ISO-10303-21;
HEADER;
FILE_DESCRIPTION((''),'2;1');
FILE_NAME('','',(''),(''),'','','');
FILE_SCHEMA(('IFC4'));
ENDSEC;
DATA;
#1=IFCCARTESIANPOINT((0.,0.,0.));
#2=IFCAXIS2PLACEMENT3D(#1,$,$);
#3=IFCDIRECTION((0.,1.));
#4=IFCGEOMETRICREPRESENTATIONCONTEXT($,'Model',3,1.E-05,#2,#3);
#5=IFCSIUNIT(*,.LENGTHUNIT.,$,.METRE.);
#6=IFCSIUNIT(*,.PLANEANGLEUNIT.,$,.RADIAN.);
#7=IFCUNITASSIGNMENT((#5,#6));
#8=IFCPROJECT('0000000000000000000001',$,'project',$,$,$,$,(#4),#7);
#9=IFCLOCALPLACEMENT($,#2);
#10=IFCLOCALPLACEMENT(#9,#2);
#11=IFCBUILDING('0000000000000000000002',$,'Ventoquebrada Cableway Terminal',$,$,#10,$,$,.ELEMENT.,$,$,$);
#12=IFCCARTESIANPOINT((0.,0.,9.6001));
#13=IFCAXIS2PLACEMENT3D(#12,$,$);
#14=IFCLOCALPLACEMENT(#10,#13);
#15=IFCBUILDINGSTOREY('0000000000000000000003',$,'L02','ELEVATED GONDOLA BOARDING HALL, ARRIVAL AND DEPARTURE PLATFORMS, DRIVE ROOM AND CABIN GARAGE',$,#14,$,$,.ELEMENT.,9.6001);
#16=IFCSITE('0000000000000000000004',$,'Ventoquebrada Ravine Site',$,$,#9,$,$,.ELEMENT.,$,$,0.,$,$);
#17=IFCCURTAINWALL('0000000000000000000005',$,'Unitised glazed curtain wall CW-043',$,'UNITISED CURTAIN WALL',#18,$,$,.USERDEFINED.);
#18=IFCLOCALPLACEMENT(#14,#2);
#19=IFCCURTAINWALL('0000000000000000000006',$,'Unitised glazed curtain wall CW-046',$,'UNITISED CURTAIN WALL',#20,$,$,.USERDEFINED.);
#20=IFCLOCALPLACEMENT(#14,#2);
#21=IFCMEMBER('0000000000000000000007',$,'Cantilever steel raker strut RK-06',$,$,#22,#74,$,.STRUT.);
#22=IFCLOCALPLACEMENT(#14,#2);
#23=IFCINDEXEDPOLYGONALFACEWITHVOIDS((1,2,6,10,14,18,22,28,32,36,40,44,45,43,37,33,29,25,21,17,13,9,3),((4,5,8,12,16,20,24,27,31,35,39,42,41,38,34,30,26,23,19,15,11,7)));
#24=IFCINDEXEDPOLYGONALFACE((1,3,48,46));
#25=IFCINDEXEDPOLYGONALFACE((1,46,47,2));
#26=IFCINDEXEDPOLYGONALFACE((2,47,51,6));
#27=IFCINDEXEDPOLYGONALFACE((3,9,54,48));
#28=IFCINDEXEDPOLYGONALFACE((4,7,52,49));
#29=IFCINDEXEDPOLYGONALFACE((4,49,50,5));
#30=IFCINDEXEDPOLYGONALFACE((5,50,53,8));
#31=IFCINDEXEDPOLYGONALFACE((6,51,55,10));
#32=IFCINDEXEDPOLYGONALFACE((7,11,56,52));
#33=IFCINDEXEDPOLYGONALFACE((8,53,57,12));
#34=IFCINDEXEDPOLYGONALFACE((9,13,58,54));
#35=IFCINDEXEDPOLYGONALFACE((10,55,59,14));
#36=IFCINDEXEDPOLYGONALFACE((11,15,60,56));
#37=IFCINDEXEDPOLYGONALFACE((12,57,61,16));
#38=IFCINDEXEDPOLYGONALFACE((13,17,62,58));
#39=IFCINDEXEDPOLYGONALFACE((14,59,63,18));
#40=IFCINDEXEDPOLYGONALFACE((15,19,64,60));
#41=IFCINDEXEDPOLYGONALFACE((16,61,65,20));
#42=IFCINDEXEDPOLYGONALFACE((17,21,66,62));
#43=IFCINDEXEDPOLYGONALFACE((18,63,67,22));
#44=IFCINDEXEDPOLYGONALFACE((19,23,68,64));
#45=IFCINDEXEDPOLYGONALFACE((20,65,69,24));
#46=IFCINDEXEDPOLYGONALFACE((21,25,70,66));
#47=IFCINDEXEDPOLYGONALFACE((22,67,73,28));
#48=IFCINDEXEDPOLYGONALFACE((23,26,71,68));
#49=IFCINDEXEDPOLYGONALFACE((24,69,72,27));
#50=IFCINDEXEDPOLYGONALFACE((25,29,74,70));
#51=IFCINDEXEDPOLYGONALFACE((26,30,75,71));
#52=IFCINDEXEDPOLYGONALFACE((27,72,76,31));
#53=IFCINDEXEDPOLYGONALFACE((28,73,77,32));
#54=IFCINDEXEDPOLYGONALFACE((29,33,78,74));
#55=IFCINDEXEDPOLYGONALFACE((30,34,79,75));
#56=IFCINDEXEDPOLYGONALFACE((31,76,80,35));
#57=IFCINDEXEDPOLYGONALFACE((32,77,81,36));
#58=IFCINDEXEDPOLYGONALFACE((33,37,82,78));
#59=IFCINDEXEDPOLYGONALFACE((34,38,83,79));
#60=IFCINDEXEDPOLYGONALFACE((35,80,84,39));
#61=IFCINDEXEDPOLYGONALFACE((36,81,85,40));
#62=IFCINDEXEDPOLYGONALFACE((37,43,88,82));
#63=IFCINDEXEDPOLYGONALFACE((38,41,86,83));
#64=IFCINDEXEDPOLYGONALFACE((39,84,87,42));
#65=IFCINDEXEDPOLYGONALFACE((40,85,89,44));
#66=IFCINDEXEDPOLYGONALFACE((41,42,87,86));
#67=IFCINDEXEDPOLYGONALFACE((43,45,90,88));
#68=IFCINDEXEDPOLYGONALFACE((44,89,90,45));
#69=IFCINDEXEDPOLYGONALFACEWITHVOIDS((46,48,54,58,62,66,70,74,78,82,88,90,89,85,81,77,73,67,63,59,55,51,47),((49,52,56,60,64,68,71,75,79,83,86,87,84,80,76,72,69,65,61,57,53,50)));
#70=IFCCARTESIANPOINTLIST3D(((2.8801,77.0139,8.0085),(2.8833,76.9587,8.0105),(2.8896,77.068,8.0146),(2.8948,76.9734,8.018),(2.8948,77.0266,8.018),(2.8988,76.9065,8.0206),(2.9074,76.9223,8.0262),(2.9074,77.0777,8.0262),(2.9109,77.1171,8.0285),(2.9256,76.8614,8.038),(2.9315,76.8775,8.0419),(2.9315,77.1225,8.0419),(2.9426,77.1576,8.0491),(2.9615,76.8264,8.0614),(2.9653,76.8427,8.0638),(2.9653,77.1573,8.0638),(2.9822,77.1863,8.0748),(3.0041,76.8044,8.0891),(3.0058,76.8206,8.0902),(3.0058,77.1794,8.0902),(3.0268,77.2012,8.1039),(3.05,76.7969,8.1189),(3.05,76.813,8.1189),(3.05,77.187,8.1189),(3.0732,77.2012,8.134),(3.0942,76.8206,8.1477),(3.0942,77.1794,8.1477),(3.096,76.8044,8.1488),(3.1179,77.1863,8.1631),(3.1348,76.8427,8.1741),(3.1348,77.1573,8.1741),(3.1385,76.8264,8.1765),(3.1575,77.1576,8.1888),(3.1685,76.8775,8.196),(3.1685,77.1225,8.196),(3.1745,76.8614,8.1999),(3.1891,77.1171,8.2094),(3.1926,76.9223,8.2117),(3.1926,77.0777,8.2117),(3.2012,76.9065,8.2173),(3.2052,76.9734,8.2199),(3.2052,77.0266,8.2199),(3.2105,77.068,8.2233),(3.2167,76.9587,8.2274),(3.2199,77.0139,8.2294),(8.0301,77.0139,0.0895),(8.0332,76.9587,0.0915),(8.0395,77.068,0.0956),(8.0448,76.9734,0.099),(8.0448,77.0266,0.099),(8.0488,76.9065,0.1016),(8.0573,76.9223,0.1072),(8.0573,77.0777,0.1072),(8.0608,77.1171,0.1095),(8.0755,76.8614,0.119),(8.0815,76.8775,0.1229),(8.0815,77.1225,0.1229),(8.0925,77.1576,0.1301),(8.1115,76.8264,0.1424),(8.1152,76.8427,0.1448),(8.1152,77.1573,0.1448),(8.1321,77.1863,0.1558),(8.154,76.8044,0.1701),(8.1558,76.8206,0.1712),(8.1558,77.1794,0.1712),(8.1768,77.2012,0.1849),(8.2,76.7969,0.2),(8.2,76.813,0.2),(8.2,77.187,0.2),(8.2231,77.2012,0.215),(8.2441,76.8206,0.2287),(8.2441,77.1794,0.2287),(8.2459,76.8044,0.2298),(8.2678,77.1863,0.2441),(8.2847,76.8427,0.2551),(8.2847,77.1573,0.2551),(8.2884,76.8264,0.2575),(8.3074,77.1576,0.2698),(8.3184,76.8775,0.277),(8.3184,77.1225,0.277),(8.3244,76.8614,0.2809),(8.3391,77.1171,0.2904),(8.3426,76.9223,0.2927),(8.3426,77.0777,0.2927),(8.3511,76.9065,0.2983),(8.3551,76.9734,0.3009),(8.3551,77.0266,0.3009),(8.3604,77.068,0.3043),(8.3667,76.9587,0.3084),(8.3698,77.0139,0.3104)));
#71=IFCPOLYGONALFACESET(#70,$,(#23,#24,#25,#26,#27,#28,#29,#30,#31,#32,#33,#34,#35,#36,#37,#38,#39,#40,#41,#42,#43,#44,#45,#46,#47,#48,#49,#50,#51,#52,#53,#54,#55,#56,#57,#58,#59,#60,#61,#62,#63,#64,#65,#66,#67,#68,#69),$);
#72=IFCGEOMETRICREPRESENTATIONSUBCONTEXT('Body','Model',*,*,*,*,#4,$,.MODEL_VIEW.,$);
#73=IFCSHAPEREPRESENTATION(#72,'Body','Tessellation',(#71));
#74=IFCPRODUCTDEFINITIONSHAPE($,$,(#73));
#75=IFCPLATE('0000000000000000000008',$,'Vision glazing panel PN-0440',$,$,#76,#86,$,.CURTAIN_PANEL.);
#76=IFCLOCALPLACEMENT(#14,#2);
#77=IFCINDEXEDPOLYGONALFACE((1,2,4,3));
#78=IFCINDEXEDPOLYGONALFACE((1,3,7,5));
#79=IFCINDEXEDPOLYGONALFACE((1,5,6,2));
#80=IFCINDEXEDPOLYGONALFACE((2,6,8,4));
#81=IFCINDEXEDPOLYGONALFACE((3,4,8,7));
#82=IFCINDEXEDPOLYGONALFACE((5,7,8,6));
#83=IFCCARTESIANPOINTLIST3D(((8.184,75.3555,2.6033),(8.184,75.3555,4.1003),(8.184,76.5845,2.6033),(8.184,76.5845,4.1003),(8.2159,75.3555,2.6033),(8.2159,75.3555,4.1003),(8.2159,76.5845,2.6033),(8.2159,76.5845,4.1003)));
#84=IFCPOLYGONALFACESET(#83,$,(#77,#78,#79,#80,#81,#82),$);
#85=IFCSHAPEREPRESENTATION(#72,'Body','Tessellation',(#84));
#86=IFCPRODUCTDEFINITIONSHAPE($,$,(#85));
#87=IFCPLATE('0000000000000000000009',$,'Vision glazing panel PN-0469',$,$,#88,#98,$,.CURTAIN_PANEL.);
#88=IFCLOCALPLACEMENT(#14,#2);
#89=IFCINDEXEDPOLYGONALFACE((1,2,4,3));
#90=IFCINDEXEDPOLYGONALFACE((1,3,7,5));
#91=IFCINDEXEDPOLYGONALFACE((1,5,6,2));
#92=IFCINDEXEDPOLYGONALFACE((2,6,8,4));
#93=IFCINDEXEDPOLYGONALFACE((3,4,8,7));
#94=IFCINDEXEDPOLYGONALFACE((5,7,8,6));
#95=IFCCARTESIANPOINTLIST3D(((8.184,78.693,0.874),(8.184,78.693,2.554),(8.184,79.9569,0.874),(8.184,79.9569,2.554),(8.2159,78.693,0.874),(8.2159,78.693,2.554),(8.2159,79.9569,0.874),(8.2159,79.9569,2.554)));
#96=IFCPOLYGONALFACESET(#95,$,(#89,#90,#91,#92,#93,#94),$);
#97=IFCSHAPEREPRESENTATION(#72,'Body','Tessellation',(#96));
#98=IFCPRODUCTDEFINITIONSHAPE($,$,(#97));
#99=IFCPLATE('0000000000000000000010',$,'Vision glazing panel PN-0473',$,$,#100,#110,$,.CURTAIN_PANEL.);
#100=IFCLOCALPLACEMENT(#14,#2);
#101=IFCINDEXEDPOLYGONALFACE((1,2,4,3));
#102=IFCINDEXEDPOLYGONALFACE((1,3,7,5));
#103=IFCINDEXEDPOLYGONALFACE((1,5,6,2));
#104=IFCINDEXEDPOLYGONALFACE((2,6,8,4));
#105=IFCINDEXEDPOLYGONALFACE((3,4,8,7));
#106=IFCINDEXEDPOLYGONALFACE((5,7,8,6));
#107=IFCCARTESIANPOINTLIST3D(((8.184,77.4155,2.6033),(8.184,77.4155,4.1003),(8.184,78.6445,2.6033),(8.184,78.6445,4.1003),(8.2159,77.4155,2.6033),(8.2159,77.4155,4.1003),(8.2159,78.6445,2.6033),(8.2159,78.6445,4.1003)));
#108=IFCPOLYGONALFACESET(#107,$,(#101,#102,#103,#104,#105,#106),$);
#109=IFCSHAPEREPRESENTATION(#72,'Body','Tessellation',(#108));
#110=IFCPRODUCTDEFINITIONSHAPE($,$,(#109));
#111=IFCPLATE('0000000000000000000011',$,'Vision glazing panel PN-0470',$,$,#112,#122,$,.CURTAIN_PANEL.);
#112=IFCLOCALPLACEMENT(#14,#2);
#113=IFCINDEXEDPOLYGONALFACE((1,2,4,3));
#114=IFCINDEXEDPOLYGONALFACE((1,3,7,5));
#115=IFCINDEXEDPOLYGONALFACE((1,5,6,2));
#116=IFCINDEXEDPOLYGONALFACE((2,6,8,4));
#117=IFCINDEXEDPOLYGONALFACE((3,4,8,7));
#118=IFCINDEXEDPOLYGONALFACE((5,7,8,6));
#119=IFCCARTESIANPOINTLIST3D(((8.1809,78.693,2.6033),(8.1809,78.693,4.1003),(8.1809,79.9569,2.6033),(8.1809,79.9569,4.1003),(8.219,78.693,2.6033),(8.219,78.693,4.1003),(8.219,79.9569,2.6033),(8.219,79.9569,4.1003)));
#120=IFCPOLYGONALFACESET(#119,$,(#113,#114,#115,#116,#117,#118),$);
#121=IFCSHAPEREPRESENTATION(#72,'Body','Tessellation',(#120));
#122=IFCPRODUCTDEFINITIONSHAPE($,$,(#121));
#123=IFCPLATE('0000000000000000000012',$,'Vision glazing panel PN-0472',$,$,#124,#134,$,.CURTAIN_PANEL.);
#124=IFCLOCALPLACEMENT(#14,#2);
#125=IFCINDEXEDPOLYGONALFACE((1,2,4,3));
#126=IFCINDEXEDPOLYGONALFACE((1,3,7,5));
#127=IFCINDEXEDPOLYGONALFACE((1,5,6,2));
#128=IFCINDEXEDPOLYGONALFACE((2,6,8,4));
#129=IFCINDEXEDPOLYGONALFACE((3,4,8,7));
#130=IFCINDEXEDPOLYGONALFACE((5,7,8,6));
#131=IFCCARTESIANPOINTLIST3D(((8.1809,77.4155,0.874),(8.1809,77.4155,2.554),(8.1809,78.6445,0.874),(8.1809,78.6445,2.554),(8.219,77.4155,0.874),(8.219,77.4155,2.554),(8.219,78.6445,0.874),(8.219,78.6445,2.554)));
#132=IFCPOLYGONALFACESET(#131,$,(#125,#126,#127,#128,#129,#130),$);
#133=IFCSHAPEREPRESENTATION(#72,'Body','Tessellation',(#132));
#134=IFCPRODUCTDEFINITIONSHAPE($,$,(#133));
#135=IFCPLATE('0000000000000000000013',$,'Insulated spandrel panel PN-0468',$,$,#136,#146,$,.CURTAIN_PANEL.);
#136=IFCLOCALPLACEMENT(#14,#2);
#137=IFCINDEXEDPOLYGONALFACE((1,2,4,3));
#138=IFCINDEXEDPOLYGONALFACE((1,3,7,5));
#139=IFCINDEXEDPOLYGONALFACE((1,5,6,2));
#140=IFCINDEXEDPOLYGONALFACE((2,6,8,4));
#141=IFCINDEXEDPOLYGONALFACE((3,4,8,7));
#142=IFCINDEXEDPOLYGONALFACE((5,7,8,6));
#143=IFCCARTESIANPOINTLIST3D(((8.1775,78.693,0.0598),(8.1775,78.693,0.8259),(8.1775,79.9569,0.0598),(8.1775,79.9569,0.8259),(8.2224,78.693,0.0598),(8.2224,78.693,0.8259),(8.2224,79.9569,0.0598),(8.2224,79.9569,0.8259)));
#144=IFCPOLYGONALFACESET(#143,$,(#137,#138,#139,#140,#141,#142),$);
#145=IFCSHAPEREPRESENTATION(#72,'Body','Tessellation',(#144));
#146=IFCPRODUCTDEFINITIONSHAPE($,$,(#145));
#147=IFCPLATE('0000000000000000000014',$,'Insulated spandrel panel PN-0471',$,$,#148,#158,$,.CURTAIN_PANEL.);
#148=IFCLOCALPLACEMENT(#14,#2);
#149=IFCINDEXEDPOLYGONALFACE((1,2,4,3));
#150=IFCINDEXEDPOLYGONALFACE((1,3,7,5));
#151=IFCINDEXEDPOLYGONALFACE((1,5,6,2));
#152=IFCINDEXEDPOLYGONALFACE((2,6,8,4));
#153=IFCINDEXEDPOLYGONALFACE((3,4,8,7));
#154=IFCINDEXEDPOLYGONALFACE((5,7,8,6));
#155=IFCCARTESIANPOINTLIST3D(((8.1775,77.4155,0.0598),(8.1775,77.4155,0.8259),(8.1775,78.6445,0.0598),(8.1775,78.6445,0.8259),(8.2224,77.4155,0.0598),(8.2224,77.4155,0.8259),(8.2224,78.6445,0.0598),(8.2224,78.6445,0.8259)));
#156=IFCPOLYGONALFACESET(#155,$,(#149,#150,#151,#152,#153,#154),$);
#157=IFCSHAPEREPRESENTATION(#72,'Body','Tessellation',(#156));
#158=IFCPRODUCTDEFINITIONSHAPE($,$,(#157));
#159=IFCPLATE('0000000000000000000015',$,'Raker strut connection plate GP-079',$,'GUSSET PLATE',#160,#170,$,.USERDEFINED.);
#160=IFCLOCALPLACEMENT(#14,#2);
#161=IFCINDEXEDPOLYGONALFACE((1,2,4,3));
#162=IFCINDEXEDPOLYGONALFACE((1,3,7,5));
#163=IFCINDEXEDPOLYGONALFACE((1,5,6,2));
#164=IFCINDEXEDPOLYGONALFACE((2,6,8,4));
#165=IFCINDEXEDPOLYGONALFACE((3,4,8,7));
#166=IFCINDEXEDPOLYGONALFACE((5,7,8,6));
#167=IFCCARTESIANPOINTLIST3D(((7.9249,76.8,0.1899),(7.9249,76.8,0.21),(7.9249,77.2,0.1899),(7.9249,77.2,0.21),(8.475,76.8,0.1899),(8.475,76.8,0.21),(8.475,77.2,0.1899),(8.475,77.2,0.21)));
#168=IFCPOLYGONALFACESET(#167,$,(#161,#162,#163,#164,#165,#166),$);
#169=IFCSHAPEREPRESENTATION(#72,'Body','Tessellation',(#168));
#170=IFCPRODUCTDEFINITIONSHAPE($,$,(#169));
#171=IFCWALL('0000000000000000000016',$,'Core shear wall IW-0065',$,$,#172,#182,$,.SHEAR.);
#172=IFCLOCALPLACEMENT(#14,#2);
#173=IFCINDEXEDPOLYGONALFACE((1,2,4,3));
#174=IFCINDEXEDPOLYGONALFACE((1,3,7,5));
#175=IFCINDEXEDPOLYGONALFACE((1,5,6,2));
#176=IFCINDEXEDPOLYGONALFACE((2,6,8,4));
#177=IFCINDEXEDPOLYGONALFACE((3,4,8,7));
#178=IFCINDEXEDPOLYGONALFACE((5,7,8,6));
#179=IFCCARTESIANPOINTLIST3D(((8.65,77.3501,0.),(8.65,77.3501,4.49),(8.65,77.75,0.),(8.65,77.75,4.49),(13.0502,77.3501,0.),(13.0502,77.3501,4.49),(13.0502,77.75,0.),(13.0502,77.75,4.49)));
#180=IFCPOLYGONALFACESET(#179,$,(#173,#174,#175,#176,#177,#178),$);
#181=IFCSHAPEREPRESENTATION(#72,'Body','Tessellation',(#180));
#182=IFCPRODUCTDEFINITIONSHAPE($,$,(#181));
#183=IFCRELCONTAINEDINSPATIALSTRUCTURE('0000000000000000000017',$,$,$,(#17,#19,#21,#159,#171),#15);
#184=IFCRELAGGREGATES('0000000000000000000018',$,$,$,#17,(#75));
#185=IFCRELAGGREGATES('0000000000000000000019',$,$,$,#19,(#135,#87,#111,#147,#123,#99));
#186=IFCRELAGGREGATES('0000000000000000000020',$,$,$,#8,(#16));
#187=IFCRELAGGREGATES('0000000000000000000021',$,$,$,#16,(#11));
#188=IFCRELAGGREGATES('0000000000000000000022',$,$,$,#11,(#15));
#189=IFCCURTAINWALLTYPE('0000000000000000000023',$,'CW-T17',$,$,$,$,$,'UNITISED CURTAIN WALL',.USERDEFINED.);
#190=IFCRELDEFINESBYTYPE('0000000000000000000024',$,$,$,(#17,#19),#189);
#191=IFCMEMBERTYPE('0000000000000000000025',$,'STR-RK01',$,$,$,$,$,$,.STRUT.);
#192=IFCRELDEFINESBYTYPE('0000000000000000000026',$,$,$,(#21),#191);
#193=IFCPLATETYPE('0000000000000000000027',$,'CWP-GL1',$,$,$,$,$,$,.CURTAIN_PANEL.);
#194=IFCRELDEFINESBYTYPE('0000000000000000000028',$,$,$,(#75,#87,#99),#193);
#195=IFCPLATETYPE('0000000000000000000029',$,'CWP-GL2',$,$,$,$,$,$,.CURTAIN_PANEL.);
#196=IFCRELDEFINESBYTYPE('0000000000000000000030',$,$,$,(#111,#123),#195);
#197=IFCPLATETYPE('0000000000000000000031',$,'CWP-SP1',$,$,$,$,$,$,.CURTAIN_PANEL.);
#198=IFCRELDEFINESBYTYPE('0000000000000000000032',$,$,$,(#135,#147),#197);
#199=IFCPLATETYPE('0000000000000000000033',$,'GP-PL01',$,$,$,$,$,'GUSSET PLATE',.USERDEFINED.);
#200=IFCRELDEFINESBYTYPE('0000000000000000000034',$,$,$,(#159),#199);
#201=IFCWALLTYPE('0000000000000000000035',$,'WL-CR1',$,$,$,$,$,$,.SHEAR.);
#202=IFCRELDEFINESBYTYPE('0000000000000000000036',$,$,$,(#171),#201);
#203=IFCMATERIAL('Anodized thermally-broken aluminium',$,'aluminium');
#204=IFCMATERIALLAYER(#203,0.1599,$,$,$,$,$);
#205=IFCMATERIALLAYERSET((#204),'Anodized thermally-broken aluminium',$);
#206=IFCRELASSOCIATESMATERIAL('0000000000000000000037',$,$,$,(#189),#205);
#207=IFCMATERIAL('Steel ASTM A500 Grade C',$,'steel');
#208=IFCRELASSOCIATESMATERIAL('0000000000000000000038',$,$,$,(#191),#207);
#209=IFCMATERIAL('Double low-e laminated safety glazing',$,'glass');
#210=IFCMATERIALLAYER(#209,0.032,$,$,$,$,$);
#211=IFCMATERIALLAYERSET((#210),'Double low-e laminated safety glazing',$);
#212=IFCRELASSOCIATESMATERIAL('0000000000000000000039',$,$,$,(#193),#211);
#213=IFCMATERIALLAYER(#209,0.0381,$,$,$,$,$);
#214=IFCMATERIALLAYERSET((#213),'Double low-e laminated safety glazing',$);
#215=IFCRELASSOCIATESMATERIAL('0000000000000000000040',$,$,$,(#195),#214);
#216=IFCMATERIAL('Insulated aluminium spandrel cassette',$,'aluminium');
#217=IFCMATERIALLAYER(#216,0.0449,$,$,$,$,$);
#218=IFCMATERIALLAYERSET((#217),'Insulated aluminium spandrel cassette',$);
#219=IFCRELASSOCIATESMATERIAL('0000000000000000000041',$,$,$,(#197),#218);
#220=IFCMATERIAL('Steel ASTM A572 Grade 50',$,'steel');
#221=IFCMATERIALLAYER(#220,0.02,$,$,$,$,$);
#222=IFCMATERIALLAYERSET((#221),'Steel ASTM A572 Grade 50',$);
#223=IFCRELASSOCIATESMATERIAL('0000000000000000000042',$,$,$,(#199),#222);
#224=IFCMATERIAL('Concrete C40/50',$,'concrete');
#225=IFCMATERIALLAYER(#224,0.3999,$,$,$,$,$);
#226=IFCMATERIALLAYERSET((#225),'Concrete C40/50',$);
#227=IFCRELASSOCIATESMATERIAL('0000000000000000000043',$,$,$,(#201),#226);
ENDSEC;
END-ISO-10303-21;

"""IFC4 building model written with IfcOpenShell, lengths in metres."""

from ifc_helpers import new_model, si_unit, direction, frame, frame_2d, origin, origin_2d, place, context, subcontext, project, spatial, rectangle, hollow_circle, extrude, material, layer, layer_set, material_profile, profile_set, type_object, element, aggregate, save


model = new_model("IFC4")

# Units and contexts
model_context = context("Model", 3, precision=1e-05, world=origin(), true_north=direction((0.0, 1.0)))
body_context = subcontext(model_context, "Body", "Model", "MODEL_VIEW")
ifc_project = project(units=[si_unit("LENGTHUNIT", "METRE"), si_unit("PLANEANGLEUNIT", "RADIAN")], contexts=[model_context])

# Site, building, storey
site_placement = place(None, origin())
site = spatial("IfcSite", under=ifc_project, at=site_placement, Name="Ventoquebrada Ravine Site", CompositionType="ELEMENT", RefElevation=0.0)
building_placement = place(site_placement, origin())
building = spatial("IfcBuilding", under=site, at=building_placement, Name="Ventoquebrada Cableway Terminal", CompositionType="ELEMENT")
storey_placement = place(building_placement, frame((0.0, 0.0, 9.6001)))
storey = spatial("IfcBuildingStorey", under=building, at=storey_placement, Name="L02", Description="ELEVATED GONDOLA BOARDING HALL, ARRIVAL AND DEPARTURE PLATFORMS, DRIVE ROOM AND CABIN GARAGE", CompositionType="ELEMENT", Elevation=9.6001)

# Shared definitions
ifc_material_1 = material(Name="Concrete C40/50", Category="concrete")

# Curtain wall
ifc_material_2 = material(Name="Anodized thermally-broken aluminium", Category="aluminium")
ifc_layer_1 = layer(ifc_material_2, 0.1599)
ifc_layer_set_1 = layer_set([ifc_layer_1], Name="Anodized thermally-broken aluminium")
curtain_wall_type = type_object("IfcCurtainWallType", Name="CW-T17", ElementType="UNITISED CURTAIN WALL", PredefinedType="USERDEFINED", material=ifc_layer_set_1)
curtain_wall_1_placement = place(storey_placement, origin())
curtain_wall_1 = element("IfcCurtainWall", 1, at=curtain_wall_1_placement, inside=storey, type_object=curtain_wall_type, Name="Unitised glazed curtain wall CW-043", ObjectType="UNITISED CURTAIN WALL", PredefinedType="USERDEFINED")

# Curtain wall
curtain_wall_2_placement = place(storey_placement, origin())
curtain_wall_2 = element("IfcCurtainWall", 2, at=curtain_wall_2_placement, inside=storey, type_object=curtain_wall_type, Name="Unitised glazed curtain wall CW-046", ObjectType="UNITISED CURTAIN WALL", PredefinedType="USERDEFINED")

# Shared definitions
ifc_material_3 = material(Name="Steel ASTM A500 Grade C", Category="steel")

# Member
ifc_material_profile_1 = material_profile(ifc_material_3, hollow_circle(Radius=0.2031, WallThickness=0.0161, at=origin_2d()), Name="CHS406.4X16")
ifc_profile_set_1 = profile_set([ifc_material_profile_1], Name="Steel ASTM A500 Grade C")
member_type_1 = type_object("IfcMemberType", Name="STR-RK01", PredefinedType="STRUT", material=ifc_profile_set_1)
member_1_placement = place(storey_placement, frame((8.2, 77.0, 0.2), z_axis=(-0.545181, 0.0, 0.838318), x_axis=(0.0, -1.0, 0.0)))
element("IfcMember", 3, at=member_1_placement, inside=storey, type_object=member_type_1, Name="Cantilever steel raker strut RK-06", PredefinedType="STRUT", context=body_context, shape_type="SweptSolid", body=[
    extrude(hollow_circle(Radius=0.2031, WallThickness=0.0161, at=origin_2d()), origin(), (0.0, 0.0, 1.0), 9.4463),
])

# Plates
ifc_material_4 = material(Name="Double low-e laminated safety glazing", Category="glass")
ifc_layer_2 = layer(ifc_material_4, 0.032)
ifc_layer_set_2 = layer_set([ifc_layer_2], Name="Double low-e laminated safety glazing")
plate_type_1 = type_object("IfcPlateType", Name="CWP-GL1", PredefinedType="CURTAIN_PANEL", material=ifc_layer_set_2)
plate_1_placement = place(storey_placement, frame((8.2, 75.97, 2.6033), z_axis=(0.0, 0.0, 1.0), x_axis=(0.0, -1.0, 0.0)))
plate_1 = element("IfcPlate", 4, at=plate_1_placement, type_object=plate_type_1, Name="Vision glazing panel PN-0440", PredefinedType="CURTAIN_PANEL", context=body_context, shape_type="SweptSolid", body=[
    extrude(rectangle(XDim=1.229, YDim=0.032, at=origin_2d()), origin(), (0.0, 0.0, 1.0), 1.4971),
])
aggregate(curtain_wall_1, [plate_1])
plate_2_placement = place(storey_placement, frame((8.2, 79.325, 0.874), z_axis=(0.0, 0.0, 1.0), x_axis=(0.0, -1.0, 0.0)))
plate_2 = element("IfcPlate", 5, at=plate_2_placement, type_object=plate_type_1, Name="Vision glazing panel PN-0469", PredefinedType="CURTAIN_PANEL", context=body_context, shape_type="SweptSolid", body=[
    extrude(rectangle(XDim=1.2639, YDim=0.032, at=origin_2d()), origin(), (0.0, 0.0, 1.0), 1.6799),
])
plate_3_placement = place(storey_placement, frame((8.2, 78.03, 2.6033), z_axis=(0.0, 0.0, 1.0), x_axis=(0.0, -1.0, 0.0)))
plate_3 = element("IfcPlate", 6, at=plate_3_placement, type_object=plate_type_1, Name="Vision glazing panel PN-0473", PredefinedType="CURTAIN_PANEL", context=body_context, shape_type="SweptSolid", body=[
    extrude(rectangle(XDim=1.229, YDim=0.032, at=origin_2d()), origin(), (0.0, 0.0, 1.0), 1.4971),
])
ifc_layer_3 = layer(ifc_material_4, 0.0381)
ifc_layer_set_3 = layer_set([ifc_layer_3], Name="Double low-e laminated safety glazing")
plate_type_2 = type_object("IfcPlateType", Name="CWP-GL2", PredefinedType="CURTAIN_PANEL", material=ifc_layer_set_3)
plate_4_placement = place(storey_placement, frame((8.2, 79.325, 2.6033), z_axis=(0.0, 0.0, 1.0), x_axis=(0.0, -1.0, 0.0)))
plate_4 = element("IfcPlate", 7, at=plate_4_placement, type_object=plate_type_2, Name="Vision glazing panel PN-0470", PredefinedType="CURTAIN_PANEL", context=body_context, shape_type="SweptSolid", body=[
    extrude(rectangle(XDim=1.2639, YDim=0.0381, at=origin_2d()), origin(), (0.0, 0.0, 1.0), 1.4971),
])
plate_5_placement = place(storey_placement, frame((8.2, 78.03, 0.874), z_axis=(0.0, 0.0, 1.0), x_axis=(0.0, -1.0, 0.0)))
plate_5 = element("IfcPlate", 8, at=plate_5_placement, type_object=plate_type_2, Name="Vision glazing panel PN-0472", PredefinedType="CURTAIN_PANEL", context=body_context, shape_type="SweptSolid", body=[
    extrude(rectangle(XDim=1.229, YDim=0.0381, at=origin_2d()), origin(), (0.0, 0.0, 1.0), 1.6799),
])
ifc_material_5 = material(Name="Insulated aluminium spandrel cassette", Category="aluminium")
ifc_layer_4 = layer(ifc_material_5, 0.0449)
ifc_layer_set_4 = layer_set([ifc_layer_4], Name="Insulated aluminium spandrel cassette")
plate_type_3 = type_object("IfcPlateType", Name="CWP-SP1", PredefinedType="CURTAIN_PANEL", material=ifc_layer_set_4)
plate_6_placement = place(storey_placement, frame((8.2, 79.325, 0.0598), z_axis=(0.0, 0.0, 1.0), x_axis=(0.0, -1.0, 0.0)))
plate_6 = element("IfcPlate", 9, at=plate_6_placement, type_object=plate_type_3, Name="Insulated spandrel panel PN-0468", PredefinedType="CURTAIN_PANEL", context=body_context, shape_type="SweptSolid", body=[
    extrude(rectangle(XDim=1.2639, YDim=0.0449, at=origin_2d()), origin(), (0.0, 0.0, 1.0), 0.7661),
])
plate_7_placement = place(storey_placement, frame((8.2, 78.03, 0.0598), z_axis=(0.0, 0.0, 1.0), x_axis=(0.0, -1.0, 0.0)))
plate_7 = element("IfcPlate", 10, at=plate_7_placement, type_object=plate_type_3, Name="Insulated spandrel panel PN-0471", PredefinedType="CURTAIN_PANEL", context=body_context, shape_type="SweptSolid", body=[
    extrude(rectangle(XDim=1.229, YDim=0.0449, at=origin_2d()), origin(), (0.0, 0.0, 1.0), 0.7661),
])
aggregate(curtain_wall_2, [plate_6, plate_2, plate_4, plate_7, plate_5, plate_3])
ifc_material_6 = material(Name="Steel ASTM A572 Grade 50", Category="steel")
ifc_layer_5 = layer(ifc_material_6, 0.02)
ifc_layer_set_5 = layer_set([ifc_layer_5], Name="Steel ASTM A572 Grade 50")
plate_type_4 = type_object("IfcPlateType", Name="GP-PL01", ElementType="GUSSET PLATE", PredefinedType="USERDEFINED", material=ifc_layer_set_5)
plate_8_placement = place(storey_placement, frame((8.2, 77.0, 0.1899), z_axis=(0.0, 0.0, 1.0), x_axis=(1.0, 0.0, 0.0)))
element("IfcPlate", 11, at=plate_8_placement, inside=storey, type_object=plate_type_4, Name="Raker strut connection plate GP-079", ObjectType="GUSSET PLATE", PredefinedType="USERDEFINED", context=body_context, shape_type="SweptSolid", body=[
    extrude(rectangle(XDim=0.55, YDim=0.3999, at=origin_2d()), origin(), (0.0, 0.0, 1.0), 0.02),
])

# Wall
ifc_layer_6 = layer(ifc_material_1, 0.3999)
ifc_layer_set_6 = layer_set([ifc_layer_6], Name="Concrete C40/50")
wall_type_1 = type_object("IfcWallType", Name="WL-CR1", PredefinedType="SHEAR", material=ifc_layer_set_6)
wall_1_placement = place(storey_placement, frame((8.6499, 77.55, 0.0), z_axis=(0.0, 0.0, 1.0), x_axis=(1.0, 0.0, 0.0)))
element("IfcWall", 12, at=wall_1_placement, inside=storey, type_object=wall_type_1, Name="Core shear wall IW-0065", PredefinedType="SHEAR", context=body_context, shape_type="SweptSolid", body=[
    extrude(rectangle(XDim=4.4001, YDim=0.3999, at=frame_2d((2.2002, 0.0))), origin(), (0.0, 0.0, 1.0), 4.49),
])

save(model, "model.ifc")
